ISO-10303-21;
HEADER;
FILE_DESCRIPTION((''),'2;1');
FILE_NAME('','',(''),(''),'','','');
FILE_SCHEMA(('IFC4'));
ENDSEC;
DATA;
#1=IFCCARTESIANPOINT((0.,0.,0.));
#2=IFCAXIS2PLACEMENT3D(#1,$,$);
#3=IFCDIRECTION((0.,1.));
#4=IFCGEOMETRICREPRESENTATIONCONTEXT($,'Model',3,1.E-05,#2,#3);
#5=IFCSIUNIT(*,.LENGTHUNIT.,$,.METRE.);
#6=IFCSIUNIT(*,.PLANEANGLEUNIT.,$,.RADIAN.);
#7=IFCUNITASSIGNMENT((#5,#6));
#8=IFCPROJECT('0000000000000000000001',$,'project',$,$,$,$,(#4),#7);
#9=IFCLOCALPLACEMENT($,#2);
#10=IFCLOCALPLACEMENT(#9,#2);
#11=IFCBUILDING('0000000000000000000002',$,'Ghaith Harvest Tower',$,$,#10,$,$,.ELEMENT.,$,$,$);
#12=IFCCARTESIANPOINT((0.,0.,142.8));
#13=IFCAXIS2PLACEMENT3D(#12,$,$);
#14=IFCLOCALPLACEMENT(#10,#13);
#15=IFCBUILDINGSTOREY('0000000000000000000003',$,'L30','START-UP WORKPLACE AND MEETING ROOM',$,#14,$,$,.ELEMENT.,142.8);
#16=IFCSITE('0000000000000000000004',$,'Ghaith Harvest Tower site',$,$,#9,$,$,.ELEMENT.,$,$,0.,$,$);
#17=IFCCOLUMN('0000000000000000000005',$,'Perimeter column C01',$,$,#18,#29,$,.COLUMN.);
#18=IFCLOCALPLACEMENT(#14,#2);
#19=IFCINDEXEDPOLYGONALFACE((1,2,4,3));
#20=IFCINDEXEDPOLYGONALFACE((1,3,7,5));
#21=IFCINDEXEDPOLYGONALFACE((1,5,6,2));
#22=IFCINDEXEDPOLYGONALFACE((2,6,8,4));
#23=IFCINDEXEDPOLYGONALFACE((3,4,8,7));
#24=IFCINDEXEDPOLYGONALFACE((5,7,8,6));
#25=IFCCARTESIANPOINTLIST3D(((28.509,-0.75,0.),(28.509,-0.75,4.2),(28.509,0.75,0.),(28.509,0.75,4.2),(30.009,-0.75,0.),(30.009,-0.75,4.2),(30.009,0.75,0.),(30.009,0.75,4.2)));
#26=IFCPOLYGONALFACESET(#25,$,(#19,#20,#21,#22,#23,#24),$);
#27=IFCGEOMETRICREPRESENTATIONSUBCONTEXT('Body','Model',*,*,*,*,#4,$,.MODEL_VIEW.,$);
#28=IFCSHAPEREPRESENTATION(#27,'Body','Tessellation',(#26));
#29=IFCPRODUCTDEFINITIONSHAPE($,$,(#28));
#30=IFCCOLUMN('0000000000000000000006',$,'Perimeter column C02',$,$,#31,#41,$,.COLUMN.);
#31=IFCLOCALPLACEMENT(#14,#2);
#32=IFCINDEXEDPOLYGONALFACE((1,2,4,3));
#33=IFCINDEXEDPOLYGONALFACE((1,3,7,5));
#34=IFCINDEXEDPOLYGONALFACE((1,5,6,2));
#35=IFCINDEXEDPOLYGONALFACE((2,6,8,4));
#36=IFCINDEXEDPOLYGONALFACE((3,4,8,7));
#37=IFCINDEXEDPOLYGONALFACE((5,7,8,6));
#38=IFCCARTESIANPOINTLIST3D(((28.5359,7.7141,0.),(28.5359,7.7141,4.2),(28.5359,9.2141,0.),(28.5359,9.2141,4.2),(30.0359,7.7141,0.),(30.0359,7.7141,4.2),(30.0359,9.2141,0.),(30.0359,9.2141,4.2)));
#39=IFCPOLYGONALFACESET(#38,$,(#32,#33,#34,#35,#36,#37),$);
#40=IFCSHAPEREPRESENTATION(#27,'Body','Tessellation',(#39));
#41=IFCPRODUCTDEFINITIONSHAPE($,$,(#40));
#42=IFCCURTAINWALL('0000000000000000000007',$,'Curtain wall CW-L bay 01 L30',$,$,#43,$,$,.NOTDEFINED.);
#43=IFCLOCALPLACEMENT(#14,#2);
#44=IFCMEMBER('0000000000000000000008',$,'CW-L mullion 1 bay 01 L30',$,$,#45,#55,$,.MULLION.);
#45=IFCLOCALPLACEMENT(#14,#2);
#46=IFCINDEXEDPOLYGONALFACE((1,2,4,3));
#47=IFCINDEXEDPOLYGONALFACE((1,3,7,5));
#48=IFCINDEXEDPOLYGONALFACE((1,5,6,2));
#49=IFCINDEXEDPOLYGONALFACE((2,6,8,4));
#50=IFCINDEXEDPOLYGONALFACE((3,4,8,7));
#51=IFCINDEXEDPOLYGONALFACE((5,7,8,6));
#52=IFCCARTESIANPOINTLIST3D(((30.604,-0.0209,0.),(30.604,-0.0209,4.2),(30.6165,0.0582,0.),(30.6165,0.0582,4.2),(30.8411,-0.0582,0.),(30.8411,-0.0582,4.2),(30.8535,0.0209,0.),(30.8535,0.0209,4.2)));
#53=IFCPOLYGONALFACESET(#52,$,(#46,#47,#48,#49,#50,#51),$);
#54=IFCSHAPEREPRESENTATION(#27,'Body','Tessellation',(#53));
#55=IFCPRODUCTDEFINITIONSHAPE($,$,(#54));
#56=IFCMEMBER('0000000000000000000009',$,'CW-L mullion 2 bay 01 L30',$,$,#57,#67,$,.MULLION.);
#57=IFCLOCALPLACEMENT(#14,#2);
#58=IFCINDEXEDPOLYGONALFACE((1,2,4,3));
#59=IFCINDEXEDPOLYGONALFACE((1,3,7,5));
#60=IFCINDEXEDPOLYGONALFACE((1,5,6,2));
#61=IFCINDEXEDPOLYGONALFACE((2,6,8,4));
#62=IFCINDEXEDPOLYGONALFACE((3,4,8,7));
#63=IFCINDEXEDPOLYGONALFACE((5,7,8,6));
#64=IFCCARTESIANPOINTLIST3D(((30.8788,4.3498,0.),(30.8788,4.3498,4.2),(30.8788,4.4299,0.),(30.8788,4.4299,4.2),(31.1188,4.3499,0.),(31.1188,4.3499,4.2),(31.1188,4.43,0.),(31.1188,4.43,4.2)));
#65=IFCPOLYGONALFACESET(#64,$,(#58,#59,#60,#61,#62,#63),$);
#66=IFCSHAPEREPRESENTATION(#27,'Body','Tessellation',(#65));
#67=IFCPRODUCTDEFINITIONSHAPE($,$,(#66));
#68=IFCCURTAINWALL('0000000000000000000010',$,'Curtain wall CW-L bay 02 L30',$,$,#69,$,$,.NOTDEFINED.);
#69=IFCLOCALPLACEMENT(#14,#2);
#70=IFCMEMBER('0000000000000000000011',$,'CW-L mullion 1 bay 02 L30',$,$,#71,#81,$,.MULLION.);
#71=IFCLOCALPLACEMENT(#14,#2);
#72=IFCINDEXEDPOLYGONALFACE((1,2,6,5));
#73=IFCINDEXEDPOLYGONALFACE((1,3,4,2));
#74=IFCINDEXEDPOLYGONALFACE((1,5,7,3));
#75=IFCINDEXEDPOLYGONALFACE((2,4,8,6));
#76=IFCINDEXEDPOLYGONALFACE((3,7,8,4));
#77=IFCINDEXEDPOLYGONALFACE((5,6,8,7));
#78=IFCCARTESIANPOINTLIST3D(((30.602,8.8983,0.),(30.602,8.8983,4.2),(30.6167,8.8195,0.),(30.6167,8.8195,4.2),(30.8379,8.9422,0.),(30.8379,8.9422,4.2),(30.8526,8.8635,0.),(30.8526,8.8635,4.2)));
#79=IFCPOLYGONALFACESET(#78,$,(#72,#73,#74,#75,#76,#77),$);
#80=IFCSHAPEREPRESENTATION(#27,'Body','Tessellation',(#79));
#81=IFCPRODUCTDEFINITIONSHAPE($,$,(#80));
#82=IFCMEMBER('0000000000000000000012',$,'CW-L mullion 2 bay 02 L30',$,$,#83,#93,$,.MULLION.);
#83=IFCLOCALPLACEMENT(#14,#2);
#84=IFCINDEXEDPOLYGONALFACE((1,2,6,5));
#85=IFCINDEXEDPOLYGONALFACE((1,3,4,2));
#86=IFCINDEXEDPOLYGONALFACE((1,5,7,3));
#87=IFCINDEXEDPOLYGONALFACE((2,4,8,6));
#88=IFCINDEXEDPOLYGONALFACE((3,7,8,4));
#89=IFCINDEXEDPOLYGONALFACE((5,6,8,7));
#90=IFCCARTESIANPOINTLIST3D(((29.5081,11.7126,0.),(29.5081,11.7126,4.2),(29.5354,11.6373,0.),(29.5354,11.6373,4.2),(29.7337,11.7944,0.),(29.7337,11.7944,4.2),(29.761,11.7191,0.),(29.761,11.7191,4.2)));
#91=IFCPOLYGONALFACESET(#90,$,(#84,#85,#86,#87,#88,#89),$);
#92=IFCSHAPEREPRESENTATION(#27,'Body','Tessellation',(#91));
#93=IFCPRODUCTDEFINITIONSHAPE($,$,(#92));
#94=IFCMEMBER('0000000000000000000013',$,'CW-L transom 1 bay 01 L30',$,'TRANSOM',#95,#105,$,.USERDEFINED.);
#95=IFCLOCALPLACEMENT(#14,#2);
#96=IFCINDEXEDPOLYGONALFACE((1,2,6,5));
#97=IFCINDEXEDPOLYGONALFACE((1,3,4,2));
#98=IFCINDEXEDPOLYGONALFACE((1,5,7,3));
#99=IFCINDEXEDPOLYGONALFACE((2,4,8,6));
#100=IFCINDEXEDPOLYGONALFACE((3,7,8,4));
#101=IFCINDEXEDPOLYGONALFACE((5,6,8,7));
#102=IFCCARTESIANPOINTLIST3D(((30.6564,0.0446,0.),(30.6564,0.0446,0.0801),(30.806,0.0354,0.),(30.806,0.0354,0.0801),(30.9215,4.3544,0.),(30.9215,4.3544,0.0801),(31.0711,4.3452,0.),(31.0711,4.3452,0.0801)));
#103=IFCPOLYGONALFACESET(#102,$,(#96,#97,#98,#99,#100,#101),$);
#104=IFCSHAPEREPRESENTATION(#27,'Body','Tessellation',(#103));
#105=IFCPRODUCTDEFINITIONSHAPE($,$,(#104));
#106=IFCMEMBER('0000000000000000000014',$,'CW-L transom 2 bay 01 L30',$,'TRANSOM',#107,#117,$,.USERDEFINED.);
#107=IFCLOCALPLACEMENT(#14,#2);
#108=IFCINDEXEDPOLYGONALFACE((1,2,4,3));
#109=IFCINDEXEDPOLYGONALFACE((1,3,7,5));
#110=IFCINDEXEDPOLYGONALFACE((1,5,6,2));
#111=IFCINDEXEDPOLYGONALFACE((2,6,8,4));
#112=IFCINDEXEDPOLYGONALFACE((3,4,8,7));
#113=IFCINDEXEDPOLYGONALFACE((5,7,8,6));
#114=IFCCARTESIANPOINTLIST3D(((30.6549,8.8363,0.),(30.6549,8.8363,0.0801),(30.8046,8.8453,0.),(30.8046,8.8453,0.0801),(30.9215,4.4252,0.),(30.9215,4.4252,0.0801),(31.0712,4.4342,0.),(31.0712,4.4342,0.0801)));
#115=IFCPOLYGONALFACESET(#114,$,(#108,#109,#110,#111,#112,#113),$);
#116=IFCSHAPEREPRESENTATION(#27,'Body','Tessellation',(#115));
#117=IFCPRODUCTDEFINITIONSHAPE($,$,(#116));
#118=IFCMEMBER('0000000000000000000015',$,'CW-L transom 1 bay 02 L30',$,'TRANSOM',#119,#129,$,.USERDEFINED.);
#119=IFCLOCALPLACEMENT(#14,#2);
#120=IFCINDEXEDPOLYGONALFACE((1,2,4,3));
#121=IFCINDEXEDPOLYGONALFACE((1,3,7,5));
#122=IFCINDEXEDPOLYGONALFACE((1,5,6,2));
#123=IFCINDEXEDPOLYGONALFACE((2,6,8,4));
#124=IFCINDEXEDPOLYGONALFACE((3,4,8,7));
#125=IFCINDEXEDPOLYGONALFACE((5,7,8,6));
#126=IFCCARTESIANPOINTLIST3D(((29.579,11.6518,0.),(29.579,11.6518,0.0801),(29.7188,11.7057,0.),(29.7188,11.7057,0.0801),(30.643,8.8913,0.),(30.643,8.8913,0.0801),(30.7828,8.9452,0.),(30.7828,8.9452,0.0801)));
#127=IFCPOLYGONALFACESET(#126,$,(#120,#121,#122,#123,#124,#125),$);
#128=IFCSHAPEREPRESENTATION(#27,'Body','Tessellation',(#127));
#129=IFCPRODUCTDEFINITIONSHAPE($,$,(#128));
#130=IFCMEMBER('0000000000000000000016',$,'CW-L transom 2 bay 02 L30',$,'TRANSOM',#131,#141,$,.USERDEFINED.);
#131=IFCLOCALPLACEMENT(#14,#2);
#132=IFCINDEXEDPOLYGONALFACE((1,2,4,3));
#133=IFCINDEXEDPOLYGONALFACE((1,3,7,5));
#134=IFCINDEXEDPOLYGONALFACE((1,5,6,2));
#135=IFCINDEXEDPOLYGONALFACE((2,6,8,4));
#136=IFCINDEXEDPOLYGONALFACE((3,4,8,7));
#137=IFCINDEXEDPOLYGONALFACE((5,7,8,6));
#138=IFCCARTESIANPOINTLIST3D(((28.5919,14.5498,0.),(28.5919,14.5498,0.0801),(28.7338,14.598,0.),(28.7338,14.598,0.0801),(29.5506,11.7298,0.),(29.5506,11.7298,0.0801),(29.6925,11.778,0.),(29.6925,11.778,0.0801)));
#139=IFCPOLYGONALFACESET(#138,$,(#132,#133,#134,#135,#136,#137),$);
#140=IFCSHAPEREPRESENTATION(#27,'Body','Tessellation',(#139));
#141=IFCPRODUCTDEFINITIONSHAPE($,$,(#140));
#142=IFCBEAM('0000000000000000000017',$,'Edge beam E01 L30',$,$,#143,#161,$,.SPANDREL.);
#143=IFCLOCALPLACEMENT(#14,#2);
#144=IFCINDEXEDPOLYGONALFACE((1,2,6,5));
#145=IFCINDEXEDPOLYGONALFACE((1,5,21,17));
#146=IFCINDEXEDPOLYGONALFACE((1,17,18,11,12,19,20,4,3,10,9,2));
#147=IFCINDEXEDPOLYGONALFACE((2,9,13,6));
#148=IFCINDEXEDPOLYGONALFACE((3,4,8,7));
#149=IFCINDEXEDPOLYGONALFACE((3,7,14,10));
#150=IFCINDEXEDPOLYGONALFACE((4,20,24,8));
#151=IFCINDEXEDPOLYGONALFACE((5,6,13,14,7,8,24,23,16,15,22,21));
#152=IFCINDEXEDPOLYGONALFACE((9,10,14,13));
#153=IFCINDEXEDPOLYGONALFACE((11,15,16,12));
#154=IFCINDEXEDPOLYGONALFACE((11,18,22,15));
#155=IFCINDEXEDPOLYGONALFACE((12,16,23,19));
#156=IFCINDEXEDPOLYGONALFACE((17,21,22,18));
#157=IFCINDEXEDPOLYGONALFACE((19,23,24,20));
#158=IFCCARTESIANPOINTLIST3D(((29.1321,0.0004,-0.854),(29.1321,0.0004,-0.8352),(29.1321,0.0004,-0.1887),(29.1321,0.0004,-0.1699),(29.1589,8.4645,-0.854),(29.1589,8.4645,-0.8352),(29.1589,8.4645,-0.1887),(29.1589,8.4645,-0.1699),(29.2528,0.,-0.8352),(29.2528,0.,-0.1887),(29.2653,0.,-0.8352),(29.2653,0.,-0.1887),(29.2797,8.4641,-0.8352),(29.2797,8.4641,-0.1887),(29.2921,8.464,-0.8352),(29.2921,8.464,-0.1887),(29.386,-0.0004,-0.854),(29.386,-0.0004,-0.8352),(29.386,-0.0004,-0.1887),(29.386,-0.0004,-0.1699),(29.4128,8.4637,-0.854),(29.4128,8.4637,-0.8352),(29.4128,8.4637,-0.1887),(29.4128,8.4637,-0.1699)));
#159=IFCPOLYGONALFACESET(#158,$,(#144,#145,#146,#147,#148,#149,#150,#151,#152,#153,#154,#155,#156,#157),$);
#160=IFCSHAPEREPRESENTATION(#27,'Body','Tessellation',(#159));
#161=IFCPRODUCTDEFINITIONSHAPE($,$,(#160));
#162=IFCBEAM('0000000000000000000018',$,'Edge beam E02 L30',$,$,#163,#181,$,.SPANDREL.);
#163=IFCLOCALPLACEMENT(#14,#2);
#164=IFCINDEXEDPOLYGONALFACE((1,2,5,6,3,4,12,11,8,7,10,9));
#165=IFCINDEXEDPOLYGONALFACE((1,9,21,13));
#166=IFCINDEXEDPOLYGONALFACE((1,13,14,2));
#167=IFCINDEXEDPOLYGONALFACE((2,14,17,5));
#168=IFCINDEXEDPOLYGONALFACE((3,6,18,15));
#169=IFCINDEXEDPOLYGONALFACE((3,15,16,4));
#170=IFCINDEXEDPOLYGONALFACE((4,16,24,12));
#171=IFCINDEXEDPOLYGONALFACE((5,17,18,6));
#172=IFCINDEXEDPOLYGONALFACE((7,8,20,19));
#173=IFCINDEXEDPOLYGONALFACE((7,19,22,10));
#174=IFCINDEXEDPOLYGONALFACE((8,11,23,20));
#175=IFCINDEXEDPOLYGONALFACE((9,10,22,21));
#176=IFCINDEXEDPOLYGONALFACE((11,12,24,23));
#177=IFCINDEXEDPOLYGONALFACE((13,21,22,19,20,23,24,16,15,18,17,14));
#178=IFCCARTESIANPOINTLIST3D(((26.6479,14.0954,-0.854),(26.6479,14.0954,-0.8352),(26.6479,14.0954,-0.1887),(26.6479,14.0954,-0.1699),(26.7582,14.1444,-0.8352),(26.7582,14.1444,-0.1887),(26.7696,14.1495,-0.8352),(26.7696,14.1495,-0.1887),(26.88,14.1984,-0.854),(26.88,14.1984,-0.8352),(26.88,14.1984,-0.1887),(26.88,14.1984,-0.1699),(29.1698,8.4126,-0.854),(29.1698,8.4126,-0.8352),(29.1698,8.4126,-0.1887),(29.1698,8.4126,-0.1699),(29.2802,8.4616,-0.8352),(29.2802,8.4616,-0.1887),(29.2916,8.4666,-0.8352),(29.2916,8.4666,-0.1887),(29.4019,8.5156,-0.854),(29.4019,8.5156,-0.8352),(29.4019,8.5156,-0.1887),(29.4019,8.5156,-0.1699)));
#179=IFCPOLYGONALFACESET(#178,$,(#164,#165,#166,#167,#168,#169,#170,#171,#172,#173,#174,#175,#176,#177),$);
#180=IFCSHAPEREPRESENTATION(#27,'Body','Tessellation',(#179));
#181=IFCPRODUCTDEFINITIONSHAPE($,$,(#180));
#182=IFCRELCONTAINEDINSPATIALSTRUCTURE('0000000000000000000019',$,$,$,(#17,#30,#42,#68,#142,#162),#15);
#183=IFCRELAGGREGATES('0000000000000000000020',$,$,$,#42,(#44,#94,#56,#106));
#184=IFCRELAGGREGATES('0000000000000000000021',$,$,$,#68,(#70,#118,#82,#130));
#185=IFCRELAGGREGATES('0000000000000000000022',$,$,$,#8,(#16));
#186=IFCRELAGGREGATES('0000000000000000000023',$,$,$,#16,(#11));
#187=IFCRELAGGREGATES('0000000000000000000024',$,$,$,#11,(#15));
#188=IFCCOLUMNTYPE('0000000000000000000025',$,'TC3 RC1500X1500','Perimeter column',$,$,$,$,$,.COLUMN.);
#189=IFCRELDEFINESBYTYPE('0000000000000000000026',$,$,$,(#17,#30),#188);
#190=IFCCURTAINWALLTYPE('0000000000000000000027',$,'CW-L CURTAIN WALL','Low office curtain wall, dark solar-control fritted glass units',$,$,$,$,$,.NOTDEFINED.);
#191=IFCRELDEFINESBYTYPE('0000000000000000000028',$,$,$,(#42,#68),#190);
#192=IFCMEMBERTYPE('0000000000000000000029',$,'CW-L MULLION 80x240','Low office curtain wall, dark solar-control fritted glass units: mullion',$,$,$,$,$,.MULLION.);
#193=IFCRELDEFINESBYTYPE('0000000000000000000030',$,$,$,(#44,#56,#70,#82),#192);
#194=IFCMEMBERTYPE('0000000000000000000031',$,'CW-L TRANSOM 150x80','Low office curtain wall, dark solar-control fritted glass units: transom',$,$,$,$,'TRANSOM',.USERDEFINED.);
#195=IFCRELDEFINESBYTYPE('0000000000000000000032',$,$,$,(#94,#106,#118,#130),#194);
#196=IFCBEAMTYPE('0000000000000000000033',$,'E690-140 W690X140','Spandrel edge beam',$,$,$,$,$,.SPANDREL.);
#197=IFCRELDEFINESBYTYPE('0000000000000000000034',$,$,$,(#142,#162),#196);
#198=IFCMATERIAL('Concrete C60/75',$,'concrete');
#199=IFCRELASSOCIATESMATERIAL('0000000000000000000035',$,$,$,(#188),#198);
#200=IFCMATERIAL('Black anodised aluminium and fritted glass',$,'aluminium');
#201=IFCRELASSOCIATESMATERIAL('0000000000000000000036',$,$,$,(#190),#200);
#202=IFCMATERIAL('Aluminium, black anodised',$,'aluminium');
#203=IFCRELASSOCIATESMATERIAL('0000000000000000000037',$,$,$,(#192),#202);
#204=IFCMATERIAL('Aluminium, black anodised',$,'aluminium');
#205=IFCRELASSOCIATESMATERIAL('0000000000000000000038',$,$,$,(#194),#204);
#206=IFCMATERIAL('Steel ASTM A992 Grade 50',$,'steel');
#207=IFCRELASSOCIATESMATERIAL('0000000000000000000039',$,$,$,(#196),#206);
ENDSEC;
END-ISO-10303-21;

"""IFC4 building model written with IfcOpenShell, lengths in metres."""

from ifc_helpers import new_model, si_unit, direction, frame, origin, origin_2d, place, context, subcontext, project, spatial, rectangle, i_section, extrude, material, material_profile, profile_set, type_object, element, aggregate, save


model = new_model("IFC4")

# Units and contexts
model_context = context("Model", 3, precision=1e-05, world=origin(), true_north=direction((0.0, 1.0)))
body_context = subcontext(model_context, "Body", "Model", "MODEL_VIEW")
ifc_project = project(units=[si_unit("LENGTHUNIT", "METRE"), si_unit("PLANEANGLEUNIT", "RADIAN")], contexts=[model_context])

# Site, building, storey
site_placement = place(None, origin())
site = spatial("IfcSite", under=ifc_project, at=site_placement, Name="Ghaith Harvest Tower site", CompositionType="ELEMENT", RefElevation=0.0)
building_placement = place(site_placement, origin())
building = spatial("IfcBuilding", under=site, at=building_placement, Name="Ghaith Harvest Tower", CompositionType="ELEMENT")
storey_placement = place(building_placement, frame((0.0, 0.0, 142.8)))
storey = spatial("IfcBuildingStorey", under=building, at=storey_placement, Name="L30", Description="START-UP WORKPLACE AND MEETING ROOM", CompositionType="ELEMENT", Elevation=142.8)

# Columns
ifc_material_1 = material(Name="Concrete C60/75", Category="concrete")
ifc_material_profile_1 = material_profile(ifc_material_1, rectangle(XDim=1.5, YDim=1.5, at=origin_2d()), Name="RC1500X1500")
ifc_profile_set_1 = profile_set([ifc_material_profile_1], Name="Concrete C60/75")
column_type = type_object("IfcColumnType", Name="TC3 RC1500X1500", Description="Perimeter column", PredefinedType="COLUMN", material=ifc_profile_set_1)
for number, where, z_axis, x_axis, name in (
    (1, (29.259, 0.0, 0.0), (0.0, 0.0, 1.0), (1.0, 0.0, 0.0), "Perimeter column C01"),
    (2, (29.2859, 8.4641, 0.0), (0.0, 0.0, 1.0), (1.0, 0.0, 0.0), "Perimeter column C02"),
):
    element("IfcColumn", number, at=place(storey_placement, frame(where, z_axis=z_axis, x_axis=x_axis)), inside=storey, type_object=column_type, Name=name, PredefinedType="COLUMN", context=body_context, shape_type="SweptSolid", body=[
        extrude(rectangle(XDim=1.5, YDim=1.5, at=origin_2d()), origin(), (0.0, 0.0, 1.0), 4.2),
    ])

# Curtain walls, members
ifc_material_2 = material(Name="Black anodised aluminium and fritted glass", Category="aluminium")
curtain_wall_type = type_object("IfcCurtainWallType", Name="CW-L CURTAIN WALL", Description="Low office curtain wall, dark solar-control fritted glass units", PredefinedType="NOTDEFINED", material=ifc_material_2)
curtain_wall_1_placement = place(storey_placement, origin())
curtain_wall_1 = element("IfcCurtainWall", 3, at=curtain_wall_1_placement, inside=storey, type_object=curtain_wall_type, Name="Curtain wall CW-L bay 01 L30", PredefinedType="NOTDEFINED")
ifc_material_3 = material(Name="Aluminium, black anodised", Category="aluminium")
ifc_material_profile_2 = material_profile(ifc_material_3, rectangle(XDim=0.0801, YDim=0.24, at=origin_2d()), Name="CW-L MULLION 80x240")
ifc_profile_set_2 = profile_set([ifc_material_profile_2], Name="Aluminium, black anodised")
member_type_1 = type_object("IfcMemberType", Name="CW-L MULLION 80x240", Description="Low office curtain wall, dark solar-control fritted glass units: mullion", PredefinedType="MULLION", material=ifc_profile_set_2)
member_1_placement = place(storey_placement, frame((30.7288, 0.0, 0.0), z_axis=(0.0, 0.0, 1.0), x_axis=(0.155597, 0.987821, 0.0)))
member_1 = element("IfcMember", 4, at=member_1_placement, type_object=member_type_1, Name="CW-L mullion 1 bay 01 L30", PredefinedType="MULLION", context=body_context, shape_type="SweptSolid", body=[
    extrude(rectangle(XDim=0.0801, YDim=0.24, at=origin_2d()), origin(), (0.0, 0.0, 1.0), 4.2),
])
member_2_placement = place(storey_placement, frame((30.9988, 4.3899, 0.0), z_axis=(0.0, 0.0, 1.0), x_axis=(-0.000162, 1.0, 0.0)))
member_2 = element("IfcMember", 5, at=member_2_placement, type_object=member_type_1, Name="CW-L mullion 2 bay 01 L30", PredefinedType="MULLION", context=body_context, shape_type="SweptSolid", body=[
    extrude(rectangle(XDim=0.0801, YDim=0.24, at=origin_2d()), origin(), (0.0, 0.0, 1.0), 4.2),
])
curtain_wall_2_placement = place(storey_placement, origin())
curtain_wall_2 = element("IfcCurtainWall", 6, at=curtain_wall_2_placement, inside=storey, type_object=curtain_wall_type, Name="Curtain wall CW-L bay 02 L30", PredefinedType="NOTDEFINED")
member_3_placement = place(storey_placement, frame((30.7273, 8.8809, 0.0), z_axis=(0.0, 0.0, 1.0), x_axis=(-0.18307, 0.9831, 0.0)))
member_3 = element("IfcMember", 7, at=member_3_placement, type_object=member_type_1, Name="CW-L mullion 1 bay 02 L30", PredefinedType="MULLION", context=body_context, shape_type="SweptSolid", body=[
    extrude(rectangle(XDim=0.0801, YDim=0.24, at=origin_2d()), origin(), (0.0, 0.0, 1.0), 4.2),
])
member_4_placement = place(storey_placement, frame((29.6345, 11.7158, 0.0), z_axis=(0.0, 0.0, 1.0), x_axis=(-0.340771, 0.940146, 0.0)))
member_4 = element("IfcMember", 8, at=member_4_placement, type_object=member_type_1, Name="CW-L mullion 2 bay 02 L30", PredefinedType="MULLION", context=body_context, shape_type="SweptSolid", body=[
    extrude(rectangle(XDim=0.0801, YDim=0.24, at=origin_2d()), origin(), (0.0, 0.0, 1.0), 4.2),
])

# Members
ifc_material_4 = material(Name="Aluminium, black anodised", Category="aluminium")
ifc_material_profile_3 = material_profile(ifc_material_4, rectangle(XDim=0.1499, YDim=0.0801, at=origin_2d()), Name="CW-L TRANSOM 150x80")
ifc_profile_set_3 = profile_set([ifc_material_profile_3], Name="Aluminium, black anodised")
member_type_2 = type_object("IfcMemberType", Name="CW-L TRANSOM 150x80", Description="Low office curtain wall, dark solar-control fritted glass units: transom", ElementType="TRANSOM", PredefinedType="USERDEFINED", material=ifc_profile_set_3)
member_5_placement = place(storey_placement, frame((30.7312, 0.04, 0.04), z_axis=(0.061403, 0.998113, 0.0), x_axis=(-0.998113, 0.061403, 0.0)))
member_5 = element("IfcMember", 9, at=member_5_placement, type_object=member_type_2, Name="CW-L transom 1 bay 01 L30", ObjectType="TRANSOM", PredefinedType="USERDEFINED", context=body_context, shape_type="SweptSolid", body=[
    extrude(rectangle(XDim=0.1499, YDim=0.0801, at=origin_2d()), origin(), (0.0, 0.0, 1.0), 4.3179),
])
member_6_placement = place(storey_placement, frame((30.9963, 4.4297, 0.04), z_axis=(-0.060328, 0.998179, 0.0), x_axis=(-0.998179, -0.060328, 0.0)))
member_6 = element("IfcMember", 10, at=member_6_placement, type_object=member_type_2, Name="CW-L transom 2 bay 01 L30", ObjectType="TRANSOM", PredefinedType="USERDEFINED", context=body_context, shape_type="SweptSolid", body=[
    extrude(rectangle(XDim=0.1499, YDim=0.0801, at=origin_2d()), origin(), (0.0, 0.0, 1.0), 4.4192),
])
member_7_placement = place(storey_placement, frame((30.7129, 8.9182, 0.04), z_axis=(-0.359637, 0.933092, 0.0), x_axis=(-0.933092, -0.359637, 0.0)))
member_7 = element("IfcMember", 11, at=member_7_placement, type_object=member_type_2, Name="CW-L transom 1 bay 02 L30", ObjectType="TRANSOM", PredefinedType="USERDEFINED", context=body_context, shape_type="SweptSolid", body=[
    extrude(rectangle(XDim=0.1499, YDim=0.0801, at=origin_2d()), origin(), (0.0, 0.0, 1.0), 2.9585),
])
member_8_placement = place(storey_placement, frame((29.6216, 11.7539, 0.04), z_axis=(-0.321878, 0.946781, 0.0), x_axis=(-0.946781, -0.321878, 0.0)))
member_8 = element("IfcMember", 12, at=member_8_placement, type_object=member_type_2, Name="CW-L transom 2 bay 02 L30", ObjectType="TRANSOM", PredefinedType="USERDEFINED", context=body_context, shape_type="SweptSolid", body=[
    extrude(rectangle(XDim=0.1499, YDim=0.0801, at=origin_2d()), origin(), (0.0, 0.0, 1.0), 2.9785),
])

# Beams
ifc_material_5 = material(Name="Steel ASTM A992 Grade 50", Category="steel")
ifc_material_profile_4 = material_profile(ifc_material_5, i_section(OverallWidth=0.2539, OverallDepth=0.6841, WebThickness=0.0125, FlangeThickness=0.0188, at=origin_2d()), Name="W690X140")
ifc_profile_set_4 = profile_set([ifc_material_profile_4], Name="Steel ASTM A992 Grade 50")
beam_type_1 = type_object("IfcBeamType", Name="E690-140 W690X140", Description="Spandrel edge beam", PredefinedType="SPANDREL", material=ifc_profile_set_4)
beam_1_placement = place(storey_placement, frame((29.259, 0.0, -0.512), z_axis=(0.003173, 0.999995, 0.0), x_axis=(-0.999995, 0.003173, 0.0)))
element("IfcBeam", 13, at=beam_1_placement, inside=storey, type_object=beam_type_1, Name="Edge beam E01 L30", PredefinedType="SPANDREL", context=body_context, shape_type="SweptSolid", body=[
    extrude(i_section(OverallWidth=0.2539, OverallDepth=0.6841, WebThickness=0.0125, FlangeThickness=0.0188, at=origin_2d()), origin(), (0.0, 0.0, 1.0), 8.4641),
])
beam_2_placement = place(storey_placement, frame((29.2859, 8.4641, -0.512), z_axis=(-0.405636, 0.914035, 0.0), x_axis=(-0.914035, -0.405636, 0.0)))
element("IfcBeam", 14, at=beam_2_placement, inside=storey, type_object=beam_type_1, Name="Edge beam E02 L30", PredefinedType="SPANDREL", context=body_context, shape_type="SweptSolid", body=[
    extrude(i_section(OverallWidth=0.2539, OverallDepth=0.6841, WebThickness=0.0125, FlangeThickness=0.0188, at=origin_2d()), origin(), (0.0, 0.0, 1.0), 6.2173),
])

aggregate(curtain_wall_1, [member_1, member_5, member_2, member_6])
aggregate(curtain_wall_2, [member_3, member_7, member_4, member_8])

save(model, "model.ifc")
